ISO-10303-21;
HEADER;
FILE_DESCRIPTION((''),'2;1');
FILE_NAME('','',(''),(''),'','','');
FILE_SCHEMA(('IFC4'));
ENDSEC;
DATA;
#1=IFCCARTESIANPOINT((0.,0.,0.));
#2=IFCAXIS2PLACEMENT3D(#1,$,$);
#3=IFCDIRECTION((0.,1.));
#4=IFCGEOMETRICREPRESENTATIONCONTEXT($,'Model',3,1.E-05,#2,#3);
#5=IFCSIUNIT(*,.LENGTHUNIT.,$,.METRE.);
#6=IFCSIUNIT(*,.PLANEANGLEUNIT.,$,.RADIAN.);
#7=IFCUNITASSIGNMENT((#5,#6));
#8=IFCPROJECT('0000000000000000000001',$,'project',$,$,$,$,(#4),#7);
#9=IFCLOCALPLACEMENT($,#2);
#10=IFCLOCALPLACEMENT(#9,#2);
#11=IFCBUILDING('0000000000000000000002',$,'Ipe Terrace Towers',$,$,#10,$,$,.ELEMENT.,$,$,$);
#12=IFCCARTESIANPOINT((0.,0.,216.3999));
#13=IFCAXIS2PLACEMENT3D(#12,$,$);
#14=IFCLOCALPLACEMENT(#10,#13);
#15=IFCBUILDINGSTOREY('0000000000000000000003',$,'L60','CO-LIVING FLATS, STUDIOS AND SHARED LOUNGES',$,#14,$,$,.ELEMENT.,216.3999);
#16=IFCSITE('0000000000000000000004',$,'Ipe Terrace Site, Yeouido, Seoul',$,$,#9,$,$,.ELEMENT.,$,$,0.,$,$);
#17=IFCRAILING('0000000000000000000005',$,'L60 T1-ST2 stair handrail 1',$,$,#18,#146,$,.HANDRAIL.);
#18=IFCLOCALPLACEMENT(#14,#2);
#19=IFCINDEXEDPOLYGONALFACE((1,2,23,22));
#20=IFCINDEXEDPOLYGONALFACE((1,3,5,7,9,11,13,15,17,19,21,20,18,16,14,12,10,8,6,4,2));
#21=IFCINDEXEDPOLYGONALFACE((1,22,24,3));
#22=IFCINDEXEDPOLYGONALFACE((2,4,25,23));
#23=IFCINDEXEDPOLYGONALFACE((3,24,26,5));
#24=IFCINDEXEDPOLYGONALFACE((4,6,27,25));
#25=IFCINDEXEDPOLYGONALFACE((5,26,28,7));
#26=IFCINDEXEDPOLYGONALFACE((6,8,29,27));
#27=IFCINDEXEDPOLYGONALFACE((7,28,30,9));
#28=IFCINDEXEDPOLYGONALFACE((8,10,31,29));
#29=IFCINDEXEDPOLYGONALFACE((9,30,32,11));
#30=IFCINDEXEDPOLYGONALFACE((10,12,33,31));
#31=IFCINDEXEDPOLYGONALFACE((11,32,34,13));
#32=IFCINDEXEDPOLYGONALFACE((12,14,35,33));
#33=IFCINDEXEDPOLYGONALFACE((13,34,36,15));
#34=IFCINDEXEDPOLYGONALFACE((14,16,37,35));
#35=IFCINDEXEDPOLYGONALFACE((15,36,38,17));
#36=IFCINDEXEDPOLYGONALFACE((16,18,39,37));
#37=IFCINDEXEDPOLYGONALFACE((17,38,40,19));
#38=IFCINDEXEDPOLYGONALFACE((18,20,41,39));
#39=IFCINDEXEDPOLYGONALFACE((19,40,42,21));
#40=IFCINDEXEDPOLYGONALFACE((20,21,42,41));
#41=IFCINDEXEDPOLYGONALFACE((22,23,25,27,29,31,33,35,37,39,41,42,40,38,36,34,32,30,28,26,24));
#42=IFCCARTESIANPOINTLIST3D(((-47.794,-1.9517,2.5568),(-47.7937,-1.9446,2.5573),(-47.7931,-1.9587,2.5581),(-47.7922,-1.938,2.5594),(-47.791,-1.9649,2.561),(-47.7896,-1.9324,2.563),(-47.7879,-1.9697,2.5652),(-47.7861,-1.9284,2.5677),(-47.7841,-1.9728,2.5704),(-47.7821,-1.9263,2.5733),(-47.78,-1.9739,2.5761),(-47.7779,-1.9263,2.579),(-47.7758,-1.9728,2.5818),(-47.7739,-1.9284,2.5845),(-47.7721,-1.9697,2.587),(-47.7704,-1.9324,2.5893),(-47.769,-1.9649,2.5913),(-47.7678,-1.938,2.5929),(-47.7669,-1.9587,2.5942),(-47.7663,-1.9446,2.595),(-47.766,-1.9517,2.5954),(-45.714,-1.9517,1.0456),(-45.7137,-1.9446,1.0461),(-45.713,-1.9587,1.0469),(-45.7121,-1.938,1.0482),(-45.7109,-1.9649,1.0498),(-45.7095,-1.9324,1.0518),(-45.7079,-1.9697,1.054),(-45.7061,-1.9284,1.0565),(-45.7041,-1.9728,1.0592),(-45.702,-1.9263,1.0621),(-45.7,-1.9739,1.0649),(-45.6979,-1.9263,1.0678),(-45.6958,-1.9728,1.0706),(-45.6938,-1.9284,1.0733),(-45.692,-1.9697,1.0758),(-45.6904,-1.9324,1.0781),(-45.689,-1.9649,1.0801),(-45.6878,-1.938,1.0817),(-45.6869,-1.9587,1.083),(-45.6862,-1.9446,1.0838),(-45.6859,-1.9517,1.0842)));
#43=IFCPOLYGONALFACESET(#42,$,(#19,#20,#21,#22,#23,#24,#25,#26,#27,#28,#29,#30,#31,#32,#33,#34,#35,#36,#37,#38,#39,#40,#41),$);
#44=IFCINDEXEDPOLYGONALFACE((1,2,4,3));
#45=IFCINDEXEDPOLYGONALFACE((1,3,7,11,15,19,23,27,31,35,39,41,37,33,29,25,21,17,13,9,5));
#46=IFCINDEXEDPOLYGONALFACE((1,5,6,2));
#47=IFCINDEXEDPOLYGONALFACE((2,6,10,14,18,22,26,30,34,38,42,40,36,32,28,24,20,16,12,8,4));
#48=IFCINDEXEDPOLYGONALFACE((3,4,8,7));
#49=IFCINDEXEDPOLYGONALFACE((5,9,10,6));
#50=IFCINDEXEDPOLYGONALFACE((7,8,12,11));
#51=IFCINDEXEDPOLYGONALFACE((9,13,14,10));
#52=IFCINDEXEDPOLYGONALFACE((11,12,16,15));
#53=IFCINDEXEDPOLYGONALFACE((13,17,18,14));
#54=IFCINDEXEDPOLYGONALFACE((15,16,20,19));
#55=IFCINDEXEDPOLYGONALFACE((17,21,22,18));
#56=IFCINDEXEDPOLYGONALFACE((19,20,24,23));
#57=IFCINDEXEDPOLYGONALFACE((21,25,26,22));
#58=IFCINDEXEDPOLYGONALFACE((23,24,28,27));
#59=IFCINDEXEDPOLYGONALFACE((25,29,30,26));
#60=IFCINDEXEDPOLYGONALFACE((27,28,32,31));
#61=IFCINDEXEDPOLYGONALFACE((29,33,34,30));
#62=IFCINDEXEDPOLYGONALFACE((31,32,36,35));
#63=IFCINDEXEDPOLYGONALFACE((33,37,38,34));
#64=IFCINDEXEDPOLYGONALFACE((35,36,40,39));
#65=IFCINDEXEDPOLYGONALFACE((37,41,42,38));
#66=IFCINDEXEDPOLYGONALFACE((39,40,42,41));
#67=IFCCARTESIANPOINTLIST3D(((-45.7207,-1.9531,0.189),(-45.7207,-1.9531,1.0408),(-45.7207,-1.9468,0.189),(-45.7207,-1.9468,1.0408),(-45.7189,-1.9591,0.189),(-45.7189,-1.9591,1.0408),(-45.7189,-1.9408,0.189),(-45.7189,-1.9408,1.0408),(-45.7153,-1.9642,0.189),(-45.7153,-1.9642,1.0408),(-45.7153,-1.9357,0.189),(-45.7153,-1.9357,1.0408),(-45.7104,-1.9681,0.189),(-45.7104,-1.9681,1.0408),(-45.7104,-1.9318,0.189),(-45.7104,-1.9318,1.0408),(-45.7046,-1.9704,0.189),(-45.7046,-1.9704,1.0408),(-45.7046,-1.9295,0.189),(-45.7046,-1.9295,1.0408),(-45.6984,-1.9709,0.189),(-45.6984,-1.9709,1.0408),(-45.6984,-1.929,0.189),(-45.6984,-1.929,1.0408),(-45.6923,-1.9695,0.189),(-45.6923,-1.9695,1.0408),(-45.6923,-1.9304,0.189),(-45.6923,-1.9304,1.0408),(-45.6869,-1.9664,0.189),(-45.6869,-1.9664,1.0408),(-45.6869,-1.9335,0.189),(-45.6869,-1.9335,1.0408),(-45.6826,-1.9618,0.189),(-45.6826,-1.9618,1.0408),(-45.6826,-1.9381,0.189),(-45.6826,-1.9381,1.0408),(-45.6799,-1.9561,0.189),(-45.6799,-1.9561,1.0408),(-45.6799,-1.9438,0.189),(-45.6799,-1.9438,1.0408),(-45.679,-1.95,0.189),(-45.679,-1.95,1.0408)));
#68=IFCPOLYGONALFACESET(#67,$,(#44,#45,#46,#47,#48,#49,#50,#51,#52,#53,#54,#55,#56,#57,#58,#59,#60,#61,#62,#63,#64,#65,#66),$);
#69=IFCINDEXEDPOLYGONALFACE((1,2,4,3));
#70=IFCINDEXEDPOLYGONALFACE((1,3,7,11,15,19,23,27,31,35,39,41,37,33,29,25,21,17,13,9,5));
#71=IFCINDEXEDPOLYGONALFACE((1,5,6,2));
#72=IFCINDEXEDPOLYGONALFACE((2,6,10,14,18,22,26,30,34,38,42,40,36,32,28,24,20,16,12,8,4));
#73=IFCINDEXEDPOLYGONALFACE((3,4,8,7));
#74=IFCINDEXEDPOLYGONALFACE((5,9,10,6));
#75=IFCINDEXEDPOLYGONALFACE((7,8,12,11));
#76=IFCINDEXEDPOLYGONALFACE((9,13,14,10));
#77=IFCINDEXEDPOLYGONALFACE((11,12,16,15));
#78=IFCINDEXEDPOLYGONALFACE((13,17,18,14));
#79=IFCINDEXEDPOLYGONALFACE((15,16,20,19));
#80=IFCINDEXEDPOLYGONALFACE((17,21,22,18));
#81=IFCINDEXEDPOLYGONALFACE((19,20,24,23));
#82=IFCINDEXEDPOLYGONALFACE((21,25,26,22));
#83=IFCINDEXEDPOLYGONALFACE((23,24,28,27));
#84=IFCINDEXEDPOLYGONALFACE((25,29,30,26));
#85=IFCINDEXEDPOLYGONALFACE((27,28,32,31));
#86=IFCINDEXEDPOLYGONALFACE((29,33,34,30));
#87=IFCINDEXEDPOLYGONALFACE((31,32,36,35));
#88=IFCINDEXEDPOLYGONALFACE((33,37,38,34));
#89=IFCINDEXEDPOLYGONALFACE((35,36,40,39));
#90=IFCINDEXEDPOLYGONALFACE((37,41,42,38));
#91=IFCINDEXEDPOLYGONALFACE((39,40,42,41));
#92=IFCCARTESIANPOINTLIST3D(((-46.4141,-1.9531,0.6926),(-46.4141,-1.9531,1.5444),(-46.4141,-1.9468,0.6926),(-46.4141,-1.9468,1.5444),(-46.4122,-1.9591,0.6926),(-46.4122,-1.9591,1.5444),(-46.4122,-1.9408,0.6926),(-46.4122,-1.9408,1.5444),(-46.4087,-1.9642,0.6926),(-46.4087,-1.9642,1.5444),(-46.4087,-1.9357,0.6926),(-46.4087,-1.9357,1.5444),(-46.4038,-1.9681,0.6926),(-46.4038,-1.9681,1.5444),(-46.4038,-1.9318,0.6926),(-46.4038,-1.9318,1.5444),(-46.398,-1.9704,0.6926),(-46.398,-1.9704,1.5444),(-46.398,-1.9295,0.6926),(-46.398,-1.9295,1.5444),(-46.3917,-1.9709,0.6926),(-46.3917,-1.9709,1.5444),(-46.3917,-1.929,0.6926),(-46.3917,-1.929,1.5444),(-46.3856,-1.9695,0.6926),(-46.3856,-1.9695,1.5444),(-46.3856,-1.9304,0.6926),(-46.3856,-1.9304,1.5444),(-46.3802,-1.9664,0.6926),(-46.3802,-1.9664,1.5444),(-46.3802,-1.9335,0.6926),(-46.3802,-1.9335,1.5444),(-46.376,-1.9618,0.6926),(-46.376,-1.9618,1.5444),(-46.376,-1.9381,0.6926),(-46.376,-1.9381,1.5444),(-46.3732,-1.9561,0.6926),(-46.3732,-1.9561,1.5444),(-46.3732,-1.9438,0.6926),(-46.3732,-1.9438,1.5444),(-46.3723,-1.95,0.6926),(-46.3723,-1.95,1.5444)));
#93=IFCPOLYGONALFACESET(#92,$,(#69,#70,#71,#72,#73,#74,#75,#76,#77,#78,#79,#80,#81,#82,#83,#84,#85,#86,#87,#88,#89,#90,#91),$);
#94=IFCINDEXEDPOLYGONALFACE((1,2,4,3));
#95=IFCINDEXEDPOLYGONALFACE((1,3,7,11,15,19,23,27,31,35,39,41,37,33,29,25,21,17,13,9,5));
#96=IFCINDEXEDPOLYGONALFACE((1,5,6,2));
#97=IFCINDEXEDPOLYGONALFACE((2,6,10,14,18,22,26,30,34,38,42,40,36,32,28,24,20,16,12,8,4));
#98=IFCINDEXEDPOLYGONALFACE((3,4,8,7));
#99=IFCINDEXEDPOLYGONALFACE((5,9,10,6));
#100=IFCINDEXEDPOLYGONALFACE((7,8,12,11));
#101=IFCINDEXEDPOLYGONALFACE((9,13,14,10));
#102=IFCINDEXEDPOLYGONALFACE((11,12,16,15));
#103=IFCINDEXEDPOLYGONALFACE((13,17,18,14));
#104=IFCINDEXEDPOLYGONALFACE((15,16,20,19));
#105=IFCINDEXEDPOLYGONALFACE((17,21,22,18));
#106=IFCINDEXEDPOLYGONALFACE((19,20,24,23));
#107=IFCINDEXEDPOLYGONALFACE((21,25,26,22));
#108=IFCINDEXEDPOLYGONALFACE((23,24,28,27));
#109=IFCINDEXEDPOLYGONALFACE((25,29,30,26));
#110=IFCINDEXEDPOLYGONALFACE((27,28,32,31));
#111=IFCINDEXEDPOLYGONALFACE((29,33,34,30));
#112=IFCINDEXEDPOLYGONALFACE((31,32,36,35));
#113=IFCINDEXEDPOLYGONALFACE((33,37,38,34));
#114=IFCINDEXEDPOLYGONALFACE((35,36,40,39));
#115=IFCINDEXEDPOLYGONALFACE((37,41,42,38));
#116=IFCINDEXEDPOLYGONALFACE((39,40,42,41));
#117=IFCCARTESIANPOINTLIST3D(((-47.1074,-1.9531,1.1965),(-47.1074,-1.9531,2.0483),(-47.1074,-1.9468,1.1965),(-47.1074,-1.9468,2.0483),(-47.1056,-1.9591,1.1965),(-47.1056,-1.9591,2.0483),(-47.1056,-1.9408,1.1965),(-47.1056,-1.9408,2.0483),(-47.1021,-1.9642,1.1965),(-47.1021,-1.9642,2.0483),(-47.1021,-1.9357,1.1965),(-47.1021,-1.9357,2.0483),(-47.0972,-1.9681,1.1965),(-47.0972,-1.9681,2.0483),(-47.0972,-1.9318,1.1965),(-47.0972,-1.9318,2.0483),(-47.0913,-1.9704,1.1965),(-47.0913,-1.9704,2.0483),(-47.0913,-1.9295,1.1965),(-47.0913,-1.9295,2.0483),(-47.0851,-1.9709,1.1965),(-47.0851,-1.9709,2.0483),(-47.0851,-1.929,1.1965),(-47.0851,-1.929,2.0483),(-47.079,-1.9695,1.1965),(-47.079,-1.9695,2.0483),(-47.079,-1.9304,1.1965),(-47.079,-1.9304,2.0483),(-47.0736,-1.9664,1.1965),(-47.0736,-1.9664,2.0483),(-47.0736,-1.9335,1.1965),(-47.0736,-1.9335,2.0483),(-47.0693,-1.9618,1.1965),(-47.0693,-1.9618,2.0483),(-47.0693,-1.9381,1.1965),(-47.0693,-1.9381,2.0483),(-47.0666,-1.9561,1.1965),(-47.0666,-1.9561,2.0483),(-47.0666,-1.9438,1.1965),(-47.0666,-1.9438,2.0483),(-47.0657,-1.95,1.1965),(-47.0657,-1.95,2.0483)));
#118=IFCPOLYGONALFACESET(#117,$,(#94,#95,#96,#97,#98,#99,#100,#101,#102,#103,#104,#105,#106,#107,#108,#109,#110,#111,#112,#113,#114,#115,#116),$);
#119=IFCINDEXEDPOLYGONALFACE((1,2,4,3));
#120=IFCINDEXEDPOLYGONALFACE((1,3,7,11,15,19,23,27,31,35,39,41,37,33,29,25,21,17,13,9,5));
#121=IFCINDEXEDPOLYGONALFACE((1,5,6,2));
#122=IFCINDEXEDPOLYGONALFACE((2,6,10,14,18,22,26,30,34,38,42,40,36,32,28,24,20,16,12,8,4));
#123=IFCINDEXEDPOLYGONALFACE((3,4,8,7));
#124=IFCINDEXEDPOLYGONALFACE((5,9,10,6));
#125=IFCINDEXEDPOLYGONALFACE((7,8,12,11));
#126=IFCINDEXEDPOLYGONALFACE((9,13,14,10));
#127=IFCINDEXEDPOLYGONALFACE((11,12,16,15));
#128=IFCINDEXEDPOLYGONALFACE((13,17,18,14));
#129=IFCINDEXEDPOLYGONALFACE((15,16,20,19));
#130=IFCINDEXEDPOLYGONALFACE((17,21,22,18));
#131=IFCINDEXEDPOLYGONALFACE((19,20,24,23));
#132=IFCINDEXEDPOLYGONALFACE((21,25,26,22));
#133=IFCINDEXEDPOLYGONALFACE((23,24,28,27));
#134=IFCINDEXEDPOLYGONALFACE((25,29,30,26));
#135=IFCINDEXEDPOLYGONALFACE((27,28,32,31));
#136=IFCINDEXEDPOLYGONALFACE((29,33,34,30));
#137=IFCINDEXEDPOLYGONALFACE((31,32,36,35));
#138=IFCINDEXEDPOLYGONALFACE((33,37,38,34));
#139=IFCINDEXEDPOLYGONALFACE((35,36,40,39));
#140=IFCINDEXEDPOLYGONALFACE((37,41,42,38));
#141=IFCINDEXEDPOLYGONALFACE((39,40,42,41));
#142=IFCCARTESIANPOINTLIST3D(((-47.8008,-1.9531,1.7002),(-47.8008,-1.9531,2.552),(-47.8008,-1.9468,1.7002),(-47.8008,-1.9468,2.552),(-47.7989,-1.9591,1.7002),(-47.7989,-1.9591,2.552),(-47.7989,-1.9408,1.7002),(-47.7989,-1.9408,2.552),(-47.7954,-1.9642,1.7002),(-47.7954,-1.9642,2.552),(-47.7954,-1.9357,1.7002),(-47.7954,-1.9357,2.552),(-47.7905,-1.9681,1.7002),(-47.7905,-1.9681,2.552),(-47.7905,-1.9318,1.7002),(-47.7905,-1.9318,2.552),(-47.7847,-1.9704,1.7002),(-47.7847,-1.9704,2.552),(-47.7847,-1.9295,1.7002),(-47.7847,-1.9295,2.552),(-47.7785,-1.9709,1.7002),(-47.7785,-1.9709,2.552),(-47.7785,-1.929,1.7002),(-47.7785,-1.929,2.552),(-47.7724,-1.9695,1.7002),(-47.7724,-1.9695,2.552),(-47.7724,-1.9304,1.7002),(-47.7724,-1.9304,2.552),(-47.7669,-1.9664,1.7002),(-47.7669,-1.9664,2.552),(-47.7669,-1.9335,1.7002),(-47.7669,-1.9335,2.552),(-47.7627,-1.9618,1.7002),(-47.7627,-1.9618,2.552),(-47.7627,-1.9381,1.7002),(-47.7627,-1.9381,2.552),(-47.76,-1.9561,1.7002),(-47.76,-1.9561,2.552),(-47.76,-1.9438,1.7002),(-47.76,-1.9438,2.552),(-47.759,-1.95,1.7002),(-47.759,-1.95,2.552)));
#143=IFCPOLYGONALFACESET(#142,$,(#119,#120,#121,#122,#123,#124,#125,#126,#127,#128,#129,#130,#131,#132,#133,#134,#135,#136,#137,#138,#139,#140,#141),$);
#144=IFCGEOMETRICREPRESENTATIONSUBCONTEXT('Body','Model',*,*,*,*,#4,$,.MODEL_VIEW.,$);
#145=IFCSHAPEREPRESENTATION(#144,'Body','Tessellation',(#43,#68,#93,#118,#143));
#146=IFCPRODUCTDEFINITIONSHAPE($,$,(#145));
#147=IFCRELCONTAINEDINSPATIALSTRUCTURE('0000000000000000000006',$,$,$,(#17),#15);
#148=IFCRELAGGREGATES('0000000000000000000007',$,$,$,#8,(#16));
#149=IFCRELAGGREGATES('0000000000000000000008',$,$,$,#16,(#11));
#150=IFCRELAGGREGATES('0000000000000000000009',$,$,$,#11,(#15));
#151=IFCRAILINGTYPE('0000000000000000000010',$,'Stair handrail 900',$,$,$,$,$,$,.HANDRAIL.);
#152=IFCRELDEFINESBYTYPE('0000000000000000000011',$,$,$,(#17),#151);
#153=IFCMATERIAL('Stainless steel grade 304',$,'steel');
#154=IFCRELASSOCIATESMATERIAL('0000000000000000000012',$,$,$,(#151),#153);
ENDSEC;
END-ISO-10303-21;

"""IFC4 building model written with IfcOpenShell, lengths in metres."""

from ifc_helpers import new_model, si_unit, direction, frame, origin, origin_2d, place, context, subcontext, project, spatial, circle, extrude, material, type_object, element, save


model = new_model("IFC4")

# Units and contexts
model_context = context("Model", 3, precision=1e-05, world=origin(), true_north=direction((0.0, 1.0)))
body_context = subcontext(model_context, "Body", "Model", "MODEL_VIEW")
ifc_project = project(units=[si_unit("LENGTHUNIT", "METRE"), si_unit("PLANEANGLEUNIT", "RADIAN")], contexts=[model_context])

# Site, building, storey
site_placement = place(None, origin())
site = spatial("IfcSite", under=ifc_project, at=site_placement, Name="Ipe Terrace Site, Yeouido, Seoul", CompositionType="ELEMENT", RefElevation=0.0)
building_placement = place(site_placement, origin())
building = spatial("IfcBuilding", under=site, at=building_placement, Name="Ipe Terrace Towers", CompositionType="ELEMENT")
storey_placement = place(building_placement, frame((0.0, 0.0, 216.3999)))
storey = spatial("IfcBuildingStorey", under=building, at=storey_placement, Name="L60", Description="CO-LIVING FLATS, STUDIOS AND SHARED LOUNGES", CompositionType="ELEMENT", Elevation=216.3999)

# Railing
ifc_material_1 = material(Name="Stainless steel grade 304", Category="steel")
railing_type_1 = type_object("IfcRailingType", Name="Stair handrail 900", PredefinedType="HANDRAIL", material=ifc_material_1)
railing_1_placement = place(storey_placement, frame((-45.7, -1.95, 0.189)))
element("IfcRailing", 1, at=railing_1_placement, inside=storey, type_object=railing_type_1, Name="L60 T1-ST2 stair handrail 1", PredefinedType="HANDRAIL", context=body_context, shape_type="SweptSolid", body=[
    extrude(circle(Radius=0.0239, at=origin_2d()), frame((0.0, 0.0, 0.876), z_axis=(-0.809023, 0.0, 0.587776), x_axis=(0.0, -1.0, 0.0)), (0.0, 0.0, 1.0), 2.571),
    extrude(circle(Radius=0.021, at=origin_2d()), origin(), (0.0, 0.0, 1.0), 0.8518),
    extrude(circle(Radius=0.021, at=origin_2d()), frame((-0.6934, 0.0, 0.5037)), (0.0, 0.0, 1.0), 0.8518),
    extrude(circle(Radius=0.021, at=origin_2d()), frame((-1.3867, 0.0, 1.0076)), (0.0, 0.0, 1.0), 0.8518),
    extrude(circle(Radius=0.021, at=origin_2d()), frame((-2.0801, 0.0, 1.5112)), (0.0, 0.0, 1.0), 0.8518),
])

save(model, "model.ifc")
